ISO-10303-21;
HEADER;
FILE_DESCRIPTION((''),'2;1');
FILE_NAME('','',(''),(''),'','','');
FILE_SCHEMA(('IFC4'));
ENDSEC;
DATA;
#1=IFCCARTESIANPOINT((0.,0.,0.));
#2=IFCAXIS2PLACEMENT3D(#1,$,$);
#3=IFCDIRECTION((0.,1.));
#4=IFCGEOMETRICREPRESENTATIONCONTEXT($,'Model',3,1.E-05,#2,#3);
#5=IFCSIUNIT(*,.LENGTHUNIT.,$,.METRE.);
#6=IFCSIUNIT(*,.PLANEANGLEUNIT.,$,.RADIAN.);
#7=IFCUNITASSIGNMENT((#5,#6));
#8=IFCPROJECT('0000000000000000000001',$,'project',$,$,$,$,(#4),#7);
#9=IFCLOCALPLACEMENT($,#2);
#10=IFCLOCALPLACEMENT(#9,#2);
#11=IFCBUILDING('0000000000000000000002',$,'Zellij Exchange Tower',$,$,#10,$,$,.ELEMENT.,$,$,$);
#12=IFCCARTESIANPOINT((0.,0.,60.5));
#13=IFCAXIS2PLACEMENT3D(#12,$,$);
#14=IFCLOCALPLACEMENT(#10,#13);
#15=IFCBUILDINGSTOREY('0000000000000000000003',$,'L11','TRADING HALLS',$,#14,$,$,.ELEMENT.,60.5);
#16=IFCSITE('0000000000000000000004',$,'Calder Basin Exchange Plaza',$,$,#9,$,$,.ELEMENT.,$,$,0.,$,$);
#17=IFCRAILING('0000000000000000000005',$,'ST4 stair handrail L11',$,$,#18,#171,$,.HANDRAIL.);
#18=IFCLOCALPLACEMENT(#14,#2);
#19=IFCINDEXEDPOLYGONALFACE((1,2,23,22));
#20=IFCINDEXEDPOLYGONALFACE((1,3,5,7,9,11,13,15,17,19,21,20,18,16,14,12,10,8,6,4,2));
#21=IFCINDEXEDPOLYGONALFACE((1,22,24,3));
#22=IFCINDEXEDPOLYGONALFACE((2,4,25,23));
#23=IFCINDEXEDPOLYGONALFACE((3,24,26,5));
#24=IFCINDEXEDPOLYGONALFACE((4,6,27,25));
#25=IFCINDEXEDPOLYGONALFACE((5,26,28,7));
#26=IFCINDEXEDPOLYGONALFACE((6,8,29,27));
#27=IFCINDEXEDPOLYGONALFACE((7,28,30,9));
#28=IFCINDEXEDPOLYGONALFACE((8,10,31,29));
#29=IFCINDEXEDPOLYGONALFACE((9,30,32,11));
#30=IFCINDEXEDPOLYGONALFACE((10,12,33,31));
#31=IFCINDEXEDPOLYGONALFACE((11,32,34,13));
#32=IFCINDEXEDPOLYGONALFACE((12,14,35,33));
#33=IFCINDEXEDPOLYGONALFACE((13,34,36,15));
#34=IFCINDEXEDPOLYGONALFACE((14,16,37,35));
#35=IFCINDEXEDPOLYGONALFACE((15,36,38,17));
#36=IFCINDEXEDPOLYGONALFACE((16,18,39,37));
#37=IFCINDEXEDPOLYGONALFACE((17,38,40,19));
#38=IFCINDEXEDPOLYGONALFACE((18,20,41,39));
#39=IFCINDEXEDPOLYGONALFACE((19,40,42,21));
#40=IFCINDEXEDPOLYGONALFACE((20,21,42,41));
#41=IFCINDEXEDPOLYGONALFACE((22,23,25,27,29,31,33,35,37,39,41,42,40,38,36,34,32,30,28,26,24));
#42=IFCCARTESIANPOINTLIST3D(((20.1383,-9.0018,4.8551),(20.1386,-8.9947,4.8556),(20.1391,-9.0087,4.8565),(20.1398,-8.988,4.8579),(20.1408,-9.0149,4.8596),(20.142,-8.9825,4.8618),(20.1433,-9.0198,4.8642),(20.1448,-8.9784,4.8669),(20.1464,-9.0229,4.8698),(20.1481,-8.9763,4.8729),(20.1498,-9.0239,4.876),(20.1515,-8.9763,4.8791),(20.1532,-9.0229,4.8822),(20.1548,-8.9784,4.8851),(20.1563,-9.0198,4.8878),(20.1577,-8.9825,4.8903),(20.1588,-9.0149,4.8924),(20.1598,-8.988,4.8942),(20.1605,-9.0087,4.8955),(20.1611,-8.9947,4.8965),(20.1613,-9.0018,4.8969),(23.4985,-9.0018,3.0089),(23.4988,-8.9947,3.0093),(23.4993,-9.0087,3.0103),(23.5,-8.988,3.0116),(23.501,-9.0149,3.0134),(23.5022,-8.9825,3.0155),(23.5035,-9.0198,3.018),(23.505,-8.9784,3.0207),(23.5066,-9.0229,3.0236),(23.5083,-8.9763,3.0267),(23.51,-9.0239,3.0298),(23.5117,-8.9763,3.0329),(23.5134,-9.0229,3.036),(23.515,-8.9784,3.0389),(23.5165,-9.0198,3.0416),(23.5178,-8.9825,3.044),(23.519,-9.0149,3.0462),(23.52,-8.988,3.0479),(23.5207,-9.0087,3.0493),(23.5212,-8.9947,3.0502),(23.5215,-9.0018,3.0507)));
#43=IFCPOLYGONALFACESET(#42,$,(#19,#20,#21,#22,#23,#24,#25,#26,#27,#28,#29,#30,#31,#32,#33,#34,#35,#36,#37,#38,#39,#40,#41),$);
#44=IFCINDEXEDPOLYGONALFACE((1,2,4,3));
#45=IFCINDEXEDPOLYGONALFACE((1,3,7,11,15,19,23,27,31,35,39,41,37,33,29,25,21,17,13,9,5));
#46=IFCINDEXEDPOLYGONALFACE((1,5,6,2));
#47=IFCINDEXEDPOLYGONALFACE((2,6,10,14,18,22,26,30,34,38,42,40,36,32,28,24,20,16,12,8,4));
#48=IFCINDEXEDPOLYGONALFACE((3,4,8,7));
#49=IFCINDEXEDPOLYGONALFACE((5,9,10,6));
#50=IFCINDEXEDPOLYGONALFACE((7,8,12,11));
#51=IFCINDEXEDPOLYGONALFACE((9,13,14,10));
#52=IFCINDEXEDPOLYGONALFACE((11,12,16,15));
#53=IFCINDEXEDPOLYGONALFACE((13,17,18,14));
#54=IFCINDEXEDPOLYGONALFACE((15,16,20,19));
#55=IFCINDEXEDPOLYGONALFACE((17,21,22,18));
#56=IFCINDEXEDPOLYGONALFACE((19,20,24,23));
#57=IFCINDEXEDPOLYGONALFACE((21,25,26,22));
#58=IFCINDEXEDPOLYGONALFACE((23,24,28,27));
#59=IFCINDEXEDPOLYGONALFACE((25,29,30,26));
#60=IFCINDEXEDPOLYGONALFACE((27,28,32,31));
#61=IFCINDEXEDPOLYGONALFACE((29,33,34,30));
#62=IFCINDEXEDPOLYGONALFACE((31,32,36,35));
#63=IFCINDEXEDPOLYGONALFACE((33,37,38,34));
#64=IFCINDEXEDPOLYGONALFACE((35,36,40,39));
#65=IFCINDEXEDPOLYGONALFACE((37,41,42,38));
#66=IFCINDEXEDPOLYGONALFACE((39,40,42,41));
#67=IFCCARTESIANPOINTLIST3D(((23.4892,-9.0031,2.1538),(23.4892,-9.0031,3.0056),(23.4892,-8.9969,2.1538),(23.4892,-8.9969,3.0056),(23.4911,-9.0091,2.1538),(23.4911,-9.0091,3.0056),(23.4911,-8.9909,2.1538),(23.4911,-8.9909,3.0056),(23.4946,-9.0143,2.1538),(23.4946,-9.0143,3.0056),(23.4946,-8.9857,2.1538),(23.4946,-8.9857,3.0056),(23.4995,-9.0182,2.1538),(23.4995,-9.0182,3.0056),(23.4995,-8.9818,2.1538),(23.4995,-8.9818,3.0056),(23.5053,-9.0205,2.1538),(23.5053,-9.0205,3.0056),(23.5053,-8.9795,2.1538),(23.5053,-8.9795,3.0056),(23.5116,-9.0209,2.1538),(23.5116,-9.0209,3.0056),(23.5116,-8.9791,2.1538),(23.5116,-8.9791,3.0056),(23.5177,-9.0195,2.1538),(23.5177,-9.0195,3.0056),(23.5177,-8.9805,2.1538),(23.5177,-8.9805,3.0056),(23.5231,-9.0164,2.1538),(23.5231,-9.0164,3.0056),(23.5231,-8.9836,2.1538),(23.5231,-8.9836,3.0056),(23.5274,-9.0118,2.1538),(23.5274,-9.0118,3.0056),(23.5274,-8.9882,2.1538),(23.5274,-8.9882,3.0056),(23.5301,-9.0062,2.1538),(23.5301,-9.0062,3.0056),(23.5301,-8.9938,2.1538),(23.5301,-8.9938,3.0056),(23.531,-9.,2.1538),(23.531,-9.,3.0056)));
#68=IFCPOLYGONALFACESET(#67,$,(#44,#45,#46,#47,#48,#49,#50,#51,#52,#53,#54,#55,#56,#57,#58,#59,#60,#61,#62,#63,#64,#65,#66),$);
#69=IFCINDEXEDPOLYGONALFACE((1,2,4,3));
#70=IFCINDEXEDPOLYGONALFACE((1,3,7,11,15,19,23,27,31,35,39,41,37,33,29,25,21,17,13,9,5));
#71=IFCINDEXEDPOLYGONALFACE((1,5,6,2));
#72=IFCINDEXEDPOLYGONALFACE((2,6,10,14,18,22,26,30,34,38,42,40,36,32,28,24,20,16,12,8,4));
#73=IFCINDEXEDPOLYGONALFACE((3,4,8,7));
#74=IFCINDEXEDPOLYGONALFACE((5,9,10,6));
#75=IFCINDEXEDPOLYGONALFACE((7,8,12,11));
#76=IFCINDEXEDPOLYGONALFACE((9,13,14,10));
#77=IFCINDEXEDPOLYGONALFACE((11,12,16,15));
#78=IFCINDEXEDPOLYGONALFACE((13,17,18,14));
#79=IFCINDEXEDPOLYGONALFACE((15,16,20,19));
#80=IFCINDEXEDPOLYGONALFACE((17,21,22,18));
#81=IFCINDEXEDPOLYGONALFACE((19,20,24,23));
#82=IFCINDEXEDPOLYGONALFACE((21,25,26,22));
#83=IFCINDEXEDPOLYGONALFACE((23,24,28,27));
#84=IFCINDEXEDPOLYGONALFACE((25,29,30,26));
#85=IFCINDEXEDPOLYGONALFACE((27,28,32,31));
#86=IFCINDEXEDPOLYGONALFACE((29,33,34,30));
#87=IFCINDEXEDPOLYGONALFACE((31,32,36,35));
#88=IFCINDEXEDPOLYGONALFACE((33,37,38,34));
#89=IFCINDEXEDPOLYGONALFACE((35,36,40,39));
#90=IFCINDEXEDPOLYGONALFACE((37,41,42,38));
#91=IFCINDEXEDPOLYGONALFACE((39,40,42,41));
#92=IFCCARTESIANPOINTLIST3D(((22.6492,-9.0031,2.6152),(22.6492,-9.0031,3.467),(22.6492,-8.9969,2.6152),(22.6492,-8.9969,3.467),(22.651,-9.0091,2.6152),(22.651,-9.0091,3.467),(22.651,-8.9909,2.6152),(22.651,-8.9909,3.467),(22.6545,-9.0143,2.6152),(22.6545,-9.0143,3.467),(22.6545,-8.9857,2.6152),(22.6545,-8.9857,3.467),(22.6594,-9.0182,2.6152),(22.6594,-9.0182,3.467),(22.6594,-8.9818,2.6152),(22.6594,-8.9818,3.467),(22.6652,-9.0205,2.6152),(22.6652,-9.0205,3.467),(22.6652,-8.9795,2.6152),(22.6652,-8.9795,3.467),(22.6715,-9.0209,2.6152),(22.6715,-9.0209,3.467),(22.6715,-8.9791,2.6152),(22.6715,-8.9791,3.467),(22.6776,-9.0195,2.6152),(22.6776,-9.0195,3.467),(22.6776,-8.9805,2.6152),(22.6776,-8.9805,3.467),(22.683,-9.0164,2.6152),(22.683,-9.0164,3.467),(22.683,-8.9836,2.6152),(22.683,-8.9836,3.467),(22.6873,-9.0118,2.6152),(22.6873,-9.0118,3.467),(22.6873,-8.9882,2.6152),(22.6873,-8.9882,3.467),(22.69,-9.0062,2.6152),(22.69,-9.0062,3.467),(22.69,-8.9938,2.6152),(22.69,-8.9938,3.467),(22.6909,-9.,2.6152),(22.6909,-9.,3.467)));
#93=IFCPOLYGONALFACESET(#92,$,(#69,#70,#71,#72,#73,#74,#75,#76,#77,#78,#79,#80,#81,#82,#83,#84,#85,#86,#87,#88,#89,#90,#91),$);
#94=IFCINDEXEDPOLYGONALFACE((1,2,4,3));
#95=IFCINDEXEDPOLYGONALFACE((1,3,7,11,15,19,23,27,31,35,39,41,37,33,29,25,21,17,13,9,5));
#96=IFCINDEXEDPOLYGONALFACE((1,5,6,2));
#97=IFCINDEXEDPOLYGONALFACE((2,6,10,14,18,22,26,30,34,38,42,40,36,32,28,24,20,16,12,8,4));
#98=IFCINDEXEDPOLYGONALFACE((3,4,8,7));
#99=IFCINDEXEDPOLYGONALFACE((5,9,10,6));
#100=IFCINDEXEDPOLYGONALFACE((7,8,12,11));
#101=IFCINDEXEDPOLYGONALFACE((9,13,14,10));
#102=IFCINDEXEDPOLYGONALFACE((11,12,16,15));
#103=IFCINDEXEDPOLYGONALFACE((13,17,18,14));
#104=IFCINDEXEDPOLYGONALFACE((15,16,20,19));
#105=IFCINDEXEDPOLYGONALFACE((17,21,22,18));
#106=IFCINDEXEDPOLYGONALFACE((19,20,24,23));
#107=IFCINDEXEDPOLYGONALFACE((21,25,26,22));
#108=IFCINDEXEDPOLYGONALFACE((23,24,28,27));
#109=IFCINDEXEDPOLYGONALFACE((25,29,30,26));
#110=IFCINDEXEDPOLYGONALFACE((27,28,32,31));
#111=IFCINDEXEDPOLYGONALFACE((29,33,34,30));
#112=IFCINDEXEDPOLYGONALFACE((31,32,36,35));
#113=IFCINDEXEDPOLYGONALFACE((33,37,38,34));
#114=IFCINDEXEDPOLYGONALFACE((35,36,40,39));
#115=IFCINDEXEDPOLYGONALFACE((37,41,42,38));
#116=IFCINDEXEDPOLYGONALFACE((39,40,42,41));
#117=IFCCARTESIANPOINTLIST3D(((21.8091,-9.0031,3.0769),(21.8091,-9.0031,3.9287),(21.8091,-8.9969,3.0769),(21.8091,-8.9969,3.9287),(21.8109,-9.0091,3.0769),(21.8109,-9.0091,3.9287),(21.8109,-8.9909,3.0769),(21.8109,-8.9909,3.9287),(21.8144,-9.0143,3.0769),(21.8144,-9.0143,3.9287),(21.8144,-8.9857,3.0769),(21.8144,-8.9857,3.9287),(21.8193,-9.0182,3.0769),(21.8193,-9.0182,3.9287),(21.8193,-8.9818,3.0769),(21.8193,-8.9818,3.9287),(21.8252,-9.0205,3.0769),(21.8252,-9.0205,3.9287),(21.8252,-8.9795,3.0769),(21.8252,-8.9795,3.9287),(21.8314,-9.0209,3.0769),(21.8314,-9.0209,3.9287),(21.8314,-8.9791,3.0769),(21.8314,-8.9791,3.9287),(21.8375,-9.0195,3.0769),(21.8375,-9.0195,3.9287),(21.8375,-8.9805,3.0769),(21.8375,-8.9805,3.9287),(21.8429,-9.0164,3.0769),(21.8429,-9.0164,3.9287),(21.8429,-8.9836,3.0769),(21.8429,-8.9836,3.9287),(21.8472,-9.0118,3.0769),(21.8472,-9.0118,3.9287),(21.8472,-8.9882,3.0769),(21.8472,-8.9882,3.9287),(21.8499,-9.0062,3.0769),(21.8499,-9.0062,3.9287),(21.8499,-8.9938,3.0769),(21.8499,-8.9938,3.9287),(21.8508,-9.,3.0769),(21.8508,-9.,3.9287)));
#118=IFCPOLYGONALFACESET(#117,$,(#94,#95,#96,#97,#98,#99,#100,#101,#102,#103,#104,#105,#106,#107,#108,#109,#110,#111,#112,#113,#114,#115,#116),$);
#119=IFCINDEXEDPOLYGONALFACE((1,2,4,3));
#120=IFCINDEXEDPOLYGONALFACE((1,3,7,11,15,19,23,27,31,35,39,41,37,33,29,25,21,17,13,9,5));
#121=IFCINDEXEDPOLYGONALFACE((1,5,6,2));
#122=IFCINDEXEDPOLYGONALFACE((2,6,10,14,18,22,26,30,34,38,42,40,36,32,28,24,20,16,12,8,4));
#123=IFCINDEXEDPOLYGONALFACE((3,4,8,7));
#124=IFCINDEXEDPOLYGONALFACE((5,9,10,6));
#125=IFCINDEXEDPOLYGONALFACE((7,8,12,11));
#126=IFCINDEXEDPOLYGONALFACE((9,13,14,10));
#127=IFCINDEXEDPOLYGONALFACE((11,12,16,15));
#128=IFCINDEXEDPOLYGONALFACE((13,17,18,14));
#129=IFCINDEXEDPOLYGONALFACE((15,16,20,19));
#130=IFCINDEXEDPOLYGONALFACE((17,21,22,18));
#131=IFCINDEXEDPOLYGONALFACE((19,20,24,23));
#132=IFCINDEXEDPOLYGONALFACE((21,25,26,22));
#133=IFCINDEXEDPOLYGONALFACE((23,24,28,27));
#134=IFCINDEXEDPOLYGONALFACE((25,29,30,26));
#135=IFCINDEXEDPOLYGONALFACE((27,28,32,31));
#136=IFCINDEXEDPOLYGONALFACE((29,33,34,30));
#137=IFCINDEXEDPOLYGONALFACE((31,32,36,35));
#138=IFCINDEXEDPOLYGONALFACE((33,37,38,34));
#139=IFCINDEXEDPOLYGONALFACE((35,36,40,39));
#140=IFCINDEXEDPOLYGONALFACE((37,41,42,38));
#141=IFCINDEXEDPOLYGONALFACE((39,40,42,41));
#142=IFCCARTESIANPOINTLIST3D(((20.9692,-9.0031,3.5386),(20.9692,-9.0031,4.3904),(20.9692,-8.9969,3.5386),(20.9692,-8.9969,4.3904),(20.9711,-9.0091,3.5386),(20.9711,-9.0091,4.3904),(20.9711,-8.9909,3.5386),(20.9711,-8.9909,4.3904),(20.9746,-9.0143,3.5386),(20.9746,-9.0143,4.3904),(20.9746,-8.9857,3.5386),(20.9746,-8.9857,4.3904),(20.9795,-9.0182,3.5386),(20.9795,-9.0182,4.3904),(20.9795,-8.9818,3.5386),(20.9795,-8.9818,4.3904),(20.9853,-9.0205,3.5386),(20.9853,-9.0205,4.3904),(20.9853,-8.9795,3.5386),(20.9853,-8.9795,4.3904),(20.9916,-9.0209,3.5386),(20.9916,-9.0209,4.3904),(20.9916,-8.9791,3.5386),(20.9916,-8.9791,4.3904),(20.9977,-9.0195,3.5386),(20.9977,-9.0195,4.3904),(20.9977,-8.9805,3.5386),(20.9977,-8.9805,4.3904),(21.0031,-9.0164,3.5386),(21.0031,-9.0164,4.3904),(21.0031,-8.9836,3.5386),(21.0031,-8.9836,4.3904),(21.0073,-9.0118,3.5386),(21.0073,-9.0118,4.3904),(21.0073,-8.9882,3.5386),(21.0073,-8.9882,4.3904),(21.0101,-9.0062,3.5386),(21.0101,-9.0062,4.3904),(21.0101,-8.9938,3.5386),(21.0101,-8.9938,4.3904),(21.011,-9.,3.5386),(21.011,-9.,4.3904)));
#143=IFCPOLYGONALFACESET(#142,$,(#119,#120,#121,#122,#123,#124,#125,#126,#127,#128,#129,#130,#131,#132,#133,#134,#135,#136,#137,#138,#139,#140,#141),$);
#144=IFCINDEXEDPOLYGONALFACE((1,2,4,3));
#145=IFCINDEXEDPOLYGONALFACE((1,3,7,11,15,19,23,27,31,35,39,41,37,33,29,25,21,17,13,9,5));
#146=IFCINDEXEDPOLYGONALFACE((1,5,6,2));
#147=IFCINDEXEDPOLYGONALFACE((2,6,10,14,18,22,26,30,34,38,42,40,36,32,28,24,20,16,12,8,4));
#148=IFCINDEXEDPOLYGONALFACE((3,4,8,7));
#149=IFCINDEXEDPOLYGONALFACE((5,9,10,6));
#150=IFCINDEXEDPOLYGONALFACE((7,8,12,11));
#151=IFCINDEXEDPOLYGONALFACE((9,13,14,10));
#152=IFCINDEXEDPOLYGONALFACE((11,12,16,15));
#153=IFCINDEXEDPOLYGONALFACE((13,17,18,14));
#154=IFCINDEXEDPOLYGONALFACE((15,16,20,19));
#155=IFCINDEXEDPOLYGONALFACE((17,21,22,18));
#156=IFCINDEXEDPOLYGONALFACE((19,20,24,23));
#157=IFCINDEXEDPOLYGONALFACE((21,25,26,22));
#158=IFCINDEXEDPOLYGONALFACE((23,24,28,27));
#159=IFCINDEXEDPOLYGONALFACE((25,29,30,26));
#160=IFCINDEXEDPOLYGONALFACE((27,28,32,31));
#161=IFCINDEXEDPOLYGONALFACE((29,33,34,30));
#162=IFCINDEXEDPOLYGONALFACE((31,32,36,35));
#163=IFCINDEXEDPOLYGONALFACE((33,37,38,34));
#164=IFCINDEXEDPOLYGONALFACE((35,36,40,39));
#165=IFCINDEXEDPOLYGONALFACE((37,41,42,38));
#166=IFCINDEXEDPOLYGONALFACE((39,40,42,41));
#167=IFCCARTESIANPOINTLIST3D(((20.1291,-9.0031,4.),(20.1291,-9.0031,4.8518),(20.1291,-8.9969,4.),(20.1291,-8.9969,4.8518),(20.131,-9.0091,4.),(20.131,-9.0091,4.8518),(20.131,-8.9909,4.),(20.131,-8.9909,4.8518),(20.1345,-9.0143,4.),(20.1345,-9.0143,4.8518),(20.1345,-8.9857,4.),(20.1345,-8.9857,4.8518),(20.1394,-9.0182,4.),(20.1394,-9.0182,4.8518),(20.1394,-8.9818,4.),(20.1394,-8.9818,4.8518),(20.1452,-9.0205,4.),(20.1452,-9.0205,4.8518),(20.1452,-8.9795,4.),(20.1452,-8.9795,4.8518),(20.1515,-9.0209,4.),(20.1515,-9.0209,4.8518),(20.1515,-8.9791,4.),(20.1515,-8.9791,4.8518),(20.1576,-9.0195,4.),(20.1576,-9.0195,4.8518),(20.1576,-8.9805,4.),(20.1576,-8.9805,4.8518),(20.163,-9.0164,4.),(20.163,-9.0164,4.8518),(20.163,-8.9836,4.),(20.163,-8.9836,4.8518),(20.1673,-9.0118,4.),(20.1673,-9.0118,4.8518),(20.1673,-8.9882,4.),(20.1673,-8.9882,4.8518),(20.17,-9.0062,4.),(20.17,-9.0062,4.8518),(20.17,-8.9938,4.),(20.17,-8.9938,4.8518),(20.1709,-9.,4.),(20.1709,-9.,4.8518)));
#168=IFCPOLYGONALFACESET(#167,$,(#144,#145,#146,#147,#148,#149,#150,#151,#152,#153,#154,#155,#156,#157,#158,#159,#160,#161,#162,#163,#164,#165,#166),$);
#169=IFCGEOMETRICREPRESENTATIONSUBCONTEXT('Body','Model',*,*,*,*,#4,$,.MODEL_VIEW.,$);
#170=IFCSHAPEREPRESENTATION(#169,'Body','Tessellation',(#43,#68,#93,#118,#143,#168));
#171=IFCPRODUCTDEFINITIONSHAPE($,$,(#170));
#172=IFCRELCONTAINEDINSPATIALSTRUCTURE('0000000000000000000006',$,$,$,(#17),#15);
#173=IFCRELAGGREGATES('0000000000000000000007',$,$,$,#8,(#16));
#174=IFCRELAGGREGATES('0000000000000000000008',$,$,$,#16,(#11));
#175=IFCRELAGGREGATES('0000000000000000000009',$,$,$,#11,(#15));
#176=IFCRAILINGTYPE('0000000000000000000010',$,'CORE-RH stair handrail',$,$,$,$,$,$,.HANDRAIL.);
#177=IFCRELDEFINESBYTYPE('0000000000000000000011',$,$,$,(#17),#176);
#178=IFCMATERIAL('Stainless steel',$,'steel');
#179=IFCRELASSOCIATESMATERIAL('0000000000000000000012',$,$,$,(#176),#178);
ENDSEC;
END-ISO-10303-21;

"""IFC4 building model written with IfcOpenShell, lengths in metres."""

from ifc_helpers import new_model, si_unit, direction, frame, origin, origin_2d, place, context, subcontext, project, spatial, circle, extrude, material, type_object, element, save


model = new_model("IFC4")

# Units and contexts
model_context = context("Model", 3, precision=1e-05, world=origin(), true_north=direction((0.0, 1.0)))
body_context = subcontext(model_context, "Body", "Model", "MODEL_VIEW")
ifc_project = project(units=[si_unit("LENGTHUNIT", "METRE"), si_unit("PLANEANGLEUNIT", "RADIAN")], contexts=[model_context])

# Site, building, storey
site_placement = place(None, origin())
site = spatial("IfcSite", under=ifc_project, at=site_placement, Name="Calder Basin Exchange Plaza", CompositionType="ELEMENT", RefElevation=0.0)
building_placement = place(site_placement, origin())
building = spatial("IfcBuilding", under=site, at=building_placement, Name="Zellij Exchange Tower", CompositionType="ELEMENT")
storey_placement = place(building_placement, frame((0.0, 0.0, 60.5)))
storey = spatial("IfcBuildingStorey", under=building, at=storey_placement, Name="L11", Description="TRADING HALLS", CompositionType="ELEMENT", Elevation=60.5)

# Railing
ifc_material_1 = material(Name="Stainless steel", Category="steel")
railing_type = type_object("IfcRailingType", Name="CORE-RH stair handrail", PredefinedType="HANDRAIL", material=ifc_material_1)
railing_placement = place(storey_placement, frame((23.51, -9.0, 2.1538)))
element("IfcRailing", 1, at=railing_placement, inside=storey, type_object=railing_type, Name="ST4 stair handrail L11", PredefinedType="HANDRAIL", context=body_context, shape_type="SweptSolid", body=[
    extrude(circle(Radius=0.0239, at=origin_2d()), frame((0.0, 0.0, 0.876), z_axis=(-0.876422, 0.0, 0.481545), x_axis=(0.0, -1.0, 0.0)), (0.0, 0.0, 1.0), 3.834),
    extrude(circle(Radius=0.021, at=origin_2d()), origin(), (0.0, 0.0, 1.0), 0.8518),
    extrude(circle(Radius=0.021, at=origin_2d()), frame((-0.8401, 0.0, 0.4614)), (0.0, 0.0, 1.0), 0.8518),
    extrude(circle(Radius=0.021, at=origin_2d()), frame((-1.6802, 0.0, 0.9231)), (0.0, 0.0, 1.0), 0.8518),
    extrude(circle(Radius=0.021, at=origin_2d()), frame((-2.52, 0.0, 1.3848)), (0.0, 0.0, 1.0), 0.8518),
    extrude(circle(Radius=0.021, at=origin_2d()), frame((-3.3601, 0.0, 1.8462)), (0.0, 0.0, 1.0), 0.8518),
])

save(model, "model.ifc")
